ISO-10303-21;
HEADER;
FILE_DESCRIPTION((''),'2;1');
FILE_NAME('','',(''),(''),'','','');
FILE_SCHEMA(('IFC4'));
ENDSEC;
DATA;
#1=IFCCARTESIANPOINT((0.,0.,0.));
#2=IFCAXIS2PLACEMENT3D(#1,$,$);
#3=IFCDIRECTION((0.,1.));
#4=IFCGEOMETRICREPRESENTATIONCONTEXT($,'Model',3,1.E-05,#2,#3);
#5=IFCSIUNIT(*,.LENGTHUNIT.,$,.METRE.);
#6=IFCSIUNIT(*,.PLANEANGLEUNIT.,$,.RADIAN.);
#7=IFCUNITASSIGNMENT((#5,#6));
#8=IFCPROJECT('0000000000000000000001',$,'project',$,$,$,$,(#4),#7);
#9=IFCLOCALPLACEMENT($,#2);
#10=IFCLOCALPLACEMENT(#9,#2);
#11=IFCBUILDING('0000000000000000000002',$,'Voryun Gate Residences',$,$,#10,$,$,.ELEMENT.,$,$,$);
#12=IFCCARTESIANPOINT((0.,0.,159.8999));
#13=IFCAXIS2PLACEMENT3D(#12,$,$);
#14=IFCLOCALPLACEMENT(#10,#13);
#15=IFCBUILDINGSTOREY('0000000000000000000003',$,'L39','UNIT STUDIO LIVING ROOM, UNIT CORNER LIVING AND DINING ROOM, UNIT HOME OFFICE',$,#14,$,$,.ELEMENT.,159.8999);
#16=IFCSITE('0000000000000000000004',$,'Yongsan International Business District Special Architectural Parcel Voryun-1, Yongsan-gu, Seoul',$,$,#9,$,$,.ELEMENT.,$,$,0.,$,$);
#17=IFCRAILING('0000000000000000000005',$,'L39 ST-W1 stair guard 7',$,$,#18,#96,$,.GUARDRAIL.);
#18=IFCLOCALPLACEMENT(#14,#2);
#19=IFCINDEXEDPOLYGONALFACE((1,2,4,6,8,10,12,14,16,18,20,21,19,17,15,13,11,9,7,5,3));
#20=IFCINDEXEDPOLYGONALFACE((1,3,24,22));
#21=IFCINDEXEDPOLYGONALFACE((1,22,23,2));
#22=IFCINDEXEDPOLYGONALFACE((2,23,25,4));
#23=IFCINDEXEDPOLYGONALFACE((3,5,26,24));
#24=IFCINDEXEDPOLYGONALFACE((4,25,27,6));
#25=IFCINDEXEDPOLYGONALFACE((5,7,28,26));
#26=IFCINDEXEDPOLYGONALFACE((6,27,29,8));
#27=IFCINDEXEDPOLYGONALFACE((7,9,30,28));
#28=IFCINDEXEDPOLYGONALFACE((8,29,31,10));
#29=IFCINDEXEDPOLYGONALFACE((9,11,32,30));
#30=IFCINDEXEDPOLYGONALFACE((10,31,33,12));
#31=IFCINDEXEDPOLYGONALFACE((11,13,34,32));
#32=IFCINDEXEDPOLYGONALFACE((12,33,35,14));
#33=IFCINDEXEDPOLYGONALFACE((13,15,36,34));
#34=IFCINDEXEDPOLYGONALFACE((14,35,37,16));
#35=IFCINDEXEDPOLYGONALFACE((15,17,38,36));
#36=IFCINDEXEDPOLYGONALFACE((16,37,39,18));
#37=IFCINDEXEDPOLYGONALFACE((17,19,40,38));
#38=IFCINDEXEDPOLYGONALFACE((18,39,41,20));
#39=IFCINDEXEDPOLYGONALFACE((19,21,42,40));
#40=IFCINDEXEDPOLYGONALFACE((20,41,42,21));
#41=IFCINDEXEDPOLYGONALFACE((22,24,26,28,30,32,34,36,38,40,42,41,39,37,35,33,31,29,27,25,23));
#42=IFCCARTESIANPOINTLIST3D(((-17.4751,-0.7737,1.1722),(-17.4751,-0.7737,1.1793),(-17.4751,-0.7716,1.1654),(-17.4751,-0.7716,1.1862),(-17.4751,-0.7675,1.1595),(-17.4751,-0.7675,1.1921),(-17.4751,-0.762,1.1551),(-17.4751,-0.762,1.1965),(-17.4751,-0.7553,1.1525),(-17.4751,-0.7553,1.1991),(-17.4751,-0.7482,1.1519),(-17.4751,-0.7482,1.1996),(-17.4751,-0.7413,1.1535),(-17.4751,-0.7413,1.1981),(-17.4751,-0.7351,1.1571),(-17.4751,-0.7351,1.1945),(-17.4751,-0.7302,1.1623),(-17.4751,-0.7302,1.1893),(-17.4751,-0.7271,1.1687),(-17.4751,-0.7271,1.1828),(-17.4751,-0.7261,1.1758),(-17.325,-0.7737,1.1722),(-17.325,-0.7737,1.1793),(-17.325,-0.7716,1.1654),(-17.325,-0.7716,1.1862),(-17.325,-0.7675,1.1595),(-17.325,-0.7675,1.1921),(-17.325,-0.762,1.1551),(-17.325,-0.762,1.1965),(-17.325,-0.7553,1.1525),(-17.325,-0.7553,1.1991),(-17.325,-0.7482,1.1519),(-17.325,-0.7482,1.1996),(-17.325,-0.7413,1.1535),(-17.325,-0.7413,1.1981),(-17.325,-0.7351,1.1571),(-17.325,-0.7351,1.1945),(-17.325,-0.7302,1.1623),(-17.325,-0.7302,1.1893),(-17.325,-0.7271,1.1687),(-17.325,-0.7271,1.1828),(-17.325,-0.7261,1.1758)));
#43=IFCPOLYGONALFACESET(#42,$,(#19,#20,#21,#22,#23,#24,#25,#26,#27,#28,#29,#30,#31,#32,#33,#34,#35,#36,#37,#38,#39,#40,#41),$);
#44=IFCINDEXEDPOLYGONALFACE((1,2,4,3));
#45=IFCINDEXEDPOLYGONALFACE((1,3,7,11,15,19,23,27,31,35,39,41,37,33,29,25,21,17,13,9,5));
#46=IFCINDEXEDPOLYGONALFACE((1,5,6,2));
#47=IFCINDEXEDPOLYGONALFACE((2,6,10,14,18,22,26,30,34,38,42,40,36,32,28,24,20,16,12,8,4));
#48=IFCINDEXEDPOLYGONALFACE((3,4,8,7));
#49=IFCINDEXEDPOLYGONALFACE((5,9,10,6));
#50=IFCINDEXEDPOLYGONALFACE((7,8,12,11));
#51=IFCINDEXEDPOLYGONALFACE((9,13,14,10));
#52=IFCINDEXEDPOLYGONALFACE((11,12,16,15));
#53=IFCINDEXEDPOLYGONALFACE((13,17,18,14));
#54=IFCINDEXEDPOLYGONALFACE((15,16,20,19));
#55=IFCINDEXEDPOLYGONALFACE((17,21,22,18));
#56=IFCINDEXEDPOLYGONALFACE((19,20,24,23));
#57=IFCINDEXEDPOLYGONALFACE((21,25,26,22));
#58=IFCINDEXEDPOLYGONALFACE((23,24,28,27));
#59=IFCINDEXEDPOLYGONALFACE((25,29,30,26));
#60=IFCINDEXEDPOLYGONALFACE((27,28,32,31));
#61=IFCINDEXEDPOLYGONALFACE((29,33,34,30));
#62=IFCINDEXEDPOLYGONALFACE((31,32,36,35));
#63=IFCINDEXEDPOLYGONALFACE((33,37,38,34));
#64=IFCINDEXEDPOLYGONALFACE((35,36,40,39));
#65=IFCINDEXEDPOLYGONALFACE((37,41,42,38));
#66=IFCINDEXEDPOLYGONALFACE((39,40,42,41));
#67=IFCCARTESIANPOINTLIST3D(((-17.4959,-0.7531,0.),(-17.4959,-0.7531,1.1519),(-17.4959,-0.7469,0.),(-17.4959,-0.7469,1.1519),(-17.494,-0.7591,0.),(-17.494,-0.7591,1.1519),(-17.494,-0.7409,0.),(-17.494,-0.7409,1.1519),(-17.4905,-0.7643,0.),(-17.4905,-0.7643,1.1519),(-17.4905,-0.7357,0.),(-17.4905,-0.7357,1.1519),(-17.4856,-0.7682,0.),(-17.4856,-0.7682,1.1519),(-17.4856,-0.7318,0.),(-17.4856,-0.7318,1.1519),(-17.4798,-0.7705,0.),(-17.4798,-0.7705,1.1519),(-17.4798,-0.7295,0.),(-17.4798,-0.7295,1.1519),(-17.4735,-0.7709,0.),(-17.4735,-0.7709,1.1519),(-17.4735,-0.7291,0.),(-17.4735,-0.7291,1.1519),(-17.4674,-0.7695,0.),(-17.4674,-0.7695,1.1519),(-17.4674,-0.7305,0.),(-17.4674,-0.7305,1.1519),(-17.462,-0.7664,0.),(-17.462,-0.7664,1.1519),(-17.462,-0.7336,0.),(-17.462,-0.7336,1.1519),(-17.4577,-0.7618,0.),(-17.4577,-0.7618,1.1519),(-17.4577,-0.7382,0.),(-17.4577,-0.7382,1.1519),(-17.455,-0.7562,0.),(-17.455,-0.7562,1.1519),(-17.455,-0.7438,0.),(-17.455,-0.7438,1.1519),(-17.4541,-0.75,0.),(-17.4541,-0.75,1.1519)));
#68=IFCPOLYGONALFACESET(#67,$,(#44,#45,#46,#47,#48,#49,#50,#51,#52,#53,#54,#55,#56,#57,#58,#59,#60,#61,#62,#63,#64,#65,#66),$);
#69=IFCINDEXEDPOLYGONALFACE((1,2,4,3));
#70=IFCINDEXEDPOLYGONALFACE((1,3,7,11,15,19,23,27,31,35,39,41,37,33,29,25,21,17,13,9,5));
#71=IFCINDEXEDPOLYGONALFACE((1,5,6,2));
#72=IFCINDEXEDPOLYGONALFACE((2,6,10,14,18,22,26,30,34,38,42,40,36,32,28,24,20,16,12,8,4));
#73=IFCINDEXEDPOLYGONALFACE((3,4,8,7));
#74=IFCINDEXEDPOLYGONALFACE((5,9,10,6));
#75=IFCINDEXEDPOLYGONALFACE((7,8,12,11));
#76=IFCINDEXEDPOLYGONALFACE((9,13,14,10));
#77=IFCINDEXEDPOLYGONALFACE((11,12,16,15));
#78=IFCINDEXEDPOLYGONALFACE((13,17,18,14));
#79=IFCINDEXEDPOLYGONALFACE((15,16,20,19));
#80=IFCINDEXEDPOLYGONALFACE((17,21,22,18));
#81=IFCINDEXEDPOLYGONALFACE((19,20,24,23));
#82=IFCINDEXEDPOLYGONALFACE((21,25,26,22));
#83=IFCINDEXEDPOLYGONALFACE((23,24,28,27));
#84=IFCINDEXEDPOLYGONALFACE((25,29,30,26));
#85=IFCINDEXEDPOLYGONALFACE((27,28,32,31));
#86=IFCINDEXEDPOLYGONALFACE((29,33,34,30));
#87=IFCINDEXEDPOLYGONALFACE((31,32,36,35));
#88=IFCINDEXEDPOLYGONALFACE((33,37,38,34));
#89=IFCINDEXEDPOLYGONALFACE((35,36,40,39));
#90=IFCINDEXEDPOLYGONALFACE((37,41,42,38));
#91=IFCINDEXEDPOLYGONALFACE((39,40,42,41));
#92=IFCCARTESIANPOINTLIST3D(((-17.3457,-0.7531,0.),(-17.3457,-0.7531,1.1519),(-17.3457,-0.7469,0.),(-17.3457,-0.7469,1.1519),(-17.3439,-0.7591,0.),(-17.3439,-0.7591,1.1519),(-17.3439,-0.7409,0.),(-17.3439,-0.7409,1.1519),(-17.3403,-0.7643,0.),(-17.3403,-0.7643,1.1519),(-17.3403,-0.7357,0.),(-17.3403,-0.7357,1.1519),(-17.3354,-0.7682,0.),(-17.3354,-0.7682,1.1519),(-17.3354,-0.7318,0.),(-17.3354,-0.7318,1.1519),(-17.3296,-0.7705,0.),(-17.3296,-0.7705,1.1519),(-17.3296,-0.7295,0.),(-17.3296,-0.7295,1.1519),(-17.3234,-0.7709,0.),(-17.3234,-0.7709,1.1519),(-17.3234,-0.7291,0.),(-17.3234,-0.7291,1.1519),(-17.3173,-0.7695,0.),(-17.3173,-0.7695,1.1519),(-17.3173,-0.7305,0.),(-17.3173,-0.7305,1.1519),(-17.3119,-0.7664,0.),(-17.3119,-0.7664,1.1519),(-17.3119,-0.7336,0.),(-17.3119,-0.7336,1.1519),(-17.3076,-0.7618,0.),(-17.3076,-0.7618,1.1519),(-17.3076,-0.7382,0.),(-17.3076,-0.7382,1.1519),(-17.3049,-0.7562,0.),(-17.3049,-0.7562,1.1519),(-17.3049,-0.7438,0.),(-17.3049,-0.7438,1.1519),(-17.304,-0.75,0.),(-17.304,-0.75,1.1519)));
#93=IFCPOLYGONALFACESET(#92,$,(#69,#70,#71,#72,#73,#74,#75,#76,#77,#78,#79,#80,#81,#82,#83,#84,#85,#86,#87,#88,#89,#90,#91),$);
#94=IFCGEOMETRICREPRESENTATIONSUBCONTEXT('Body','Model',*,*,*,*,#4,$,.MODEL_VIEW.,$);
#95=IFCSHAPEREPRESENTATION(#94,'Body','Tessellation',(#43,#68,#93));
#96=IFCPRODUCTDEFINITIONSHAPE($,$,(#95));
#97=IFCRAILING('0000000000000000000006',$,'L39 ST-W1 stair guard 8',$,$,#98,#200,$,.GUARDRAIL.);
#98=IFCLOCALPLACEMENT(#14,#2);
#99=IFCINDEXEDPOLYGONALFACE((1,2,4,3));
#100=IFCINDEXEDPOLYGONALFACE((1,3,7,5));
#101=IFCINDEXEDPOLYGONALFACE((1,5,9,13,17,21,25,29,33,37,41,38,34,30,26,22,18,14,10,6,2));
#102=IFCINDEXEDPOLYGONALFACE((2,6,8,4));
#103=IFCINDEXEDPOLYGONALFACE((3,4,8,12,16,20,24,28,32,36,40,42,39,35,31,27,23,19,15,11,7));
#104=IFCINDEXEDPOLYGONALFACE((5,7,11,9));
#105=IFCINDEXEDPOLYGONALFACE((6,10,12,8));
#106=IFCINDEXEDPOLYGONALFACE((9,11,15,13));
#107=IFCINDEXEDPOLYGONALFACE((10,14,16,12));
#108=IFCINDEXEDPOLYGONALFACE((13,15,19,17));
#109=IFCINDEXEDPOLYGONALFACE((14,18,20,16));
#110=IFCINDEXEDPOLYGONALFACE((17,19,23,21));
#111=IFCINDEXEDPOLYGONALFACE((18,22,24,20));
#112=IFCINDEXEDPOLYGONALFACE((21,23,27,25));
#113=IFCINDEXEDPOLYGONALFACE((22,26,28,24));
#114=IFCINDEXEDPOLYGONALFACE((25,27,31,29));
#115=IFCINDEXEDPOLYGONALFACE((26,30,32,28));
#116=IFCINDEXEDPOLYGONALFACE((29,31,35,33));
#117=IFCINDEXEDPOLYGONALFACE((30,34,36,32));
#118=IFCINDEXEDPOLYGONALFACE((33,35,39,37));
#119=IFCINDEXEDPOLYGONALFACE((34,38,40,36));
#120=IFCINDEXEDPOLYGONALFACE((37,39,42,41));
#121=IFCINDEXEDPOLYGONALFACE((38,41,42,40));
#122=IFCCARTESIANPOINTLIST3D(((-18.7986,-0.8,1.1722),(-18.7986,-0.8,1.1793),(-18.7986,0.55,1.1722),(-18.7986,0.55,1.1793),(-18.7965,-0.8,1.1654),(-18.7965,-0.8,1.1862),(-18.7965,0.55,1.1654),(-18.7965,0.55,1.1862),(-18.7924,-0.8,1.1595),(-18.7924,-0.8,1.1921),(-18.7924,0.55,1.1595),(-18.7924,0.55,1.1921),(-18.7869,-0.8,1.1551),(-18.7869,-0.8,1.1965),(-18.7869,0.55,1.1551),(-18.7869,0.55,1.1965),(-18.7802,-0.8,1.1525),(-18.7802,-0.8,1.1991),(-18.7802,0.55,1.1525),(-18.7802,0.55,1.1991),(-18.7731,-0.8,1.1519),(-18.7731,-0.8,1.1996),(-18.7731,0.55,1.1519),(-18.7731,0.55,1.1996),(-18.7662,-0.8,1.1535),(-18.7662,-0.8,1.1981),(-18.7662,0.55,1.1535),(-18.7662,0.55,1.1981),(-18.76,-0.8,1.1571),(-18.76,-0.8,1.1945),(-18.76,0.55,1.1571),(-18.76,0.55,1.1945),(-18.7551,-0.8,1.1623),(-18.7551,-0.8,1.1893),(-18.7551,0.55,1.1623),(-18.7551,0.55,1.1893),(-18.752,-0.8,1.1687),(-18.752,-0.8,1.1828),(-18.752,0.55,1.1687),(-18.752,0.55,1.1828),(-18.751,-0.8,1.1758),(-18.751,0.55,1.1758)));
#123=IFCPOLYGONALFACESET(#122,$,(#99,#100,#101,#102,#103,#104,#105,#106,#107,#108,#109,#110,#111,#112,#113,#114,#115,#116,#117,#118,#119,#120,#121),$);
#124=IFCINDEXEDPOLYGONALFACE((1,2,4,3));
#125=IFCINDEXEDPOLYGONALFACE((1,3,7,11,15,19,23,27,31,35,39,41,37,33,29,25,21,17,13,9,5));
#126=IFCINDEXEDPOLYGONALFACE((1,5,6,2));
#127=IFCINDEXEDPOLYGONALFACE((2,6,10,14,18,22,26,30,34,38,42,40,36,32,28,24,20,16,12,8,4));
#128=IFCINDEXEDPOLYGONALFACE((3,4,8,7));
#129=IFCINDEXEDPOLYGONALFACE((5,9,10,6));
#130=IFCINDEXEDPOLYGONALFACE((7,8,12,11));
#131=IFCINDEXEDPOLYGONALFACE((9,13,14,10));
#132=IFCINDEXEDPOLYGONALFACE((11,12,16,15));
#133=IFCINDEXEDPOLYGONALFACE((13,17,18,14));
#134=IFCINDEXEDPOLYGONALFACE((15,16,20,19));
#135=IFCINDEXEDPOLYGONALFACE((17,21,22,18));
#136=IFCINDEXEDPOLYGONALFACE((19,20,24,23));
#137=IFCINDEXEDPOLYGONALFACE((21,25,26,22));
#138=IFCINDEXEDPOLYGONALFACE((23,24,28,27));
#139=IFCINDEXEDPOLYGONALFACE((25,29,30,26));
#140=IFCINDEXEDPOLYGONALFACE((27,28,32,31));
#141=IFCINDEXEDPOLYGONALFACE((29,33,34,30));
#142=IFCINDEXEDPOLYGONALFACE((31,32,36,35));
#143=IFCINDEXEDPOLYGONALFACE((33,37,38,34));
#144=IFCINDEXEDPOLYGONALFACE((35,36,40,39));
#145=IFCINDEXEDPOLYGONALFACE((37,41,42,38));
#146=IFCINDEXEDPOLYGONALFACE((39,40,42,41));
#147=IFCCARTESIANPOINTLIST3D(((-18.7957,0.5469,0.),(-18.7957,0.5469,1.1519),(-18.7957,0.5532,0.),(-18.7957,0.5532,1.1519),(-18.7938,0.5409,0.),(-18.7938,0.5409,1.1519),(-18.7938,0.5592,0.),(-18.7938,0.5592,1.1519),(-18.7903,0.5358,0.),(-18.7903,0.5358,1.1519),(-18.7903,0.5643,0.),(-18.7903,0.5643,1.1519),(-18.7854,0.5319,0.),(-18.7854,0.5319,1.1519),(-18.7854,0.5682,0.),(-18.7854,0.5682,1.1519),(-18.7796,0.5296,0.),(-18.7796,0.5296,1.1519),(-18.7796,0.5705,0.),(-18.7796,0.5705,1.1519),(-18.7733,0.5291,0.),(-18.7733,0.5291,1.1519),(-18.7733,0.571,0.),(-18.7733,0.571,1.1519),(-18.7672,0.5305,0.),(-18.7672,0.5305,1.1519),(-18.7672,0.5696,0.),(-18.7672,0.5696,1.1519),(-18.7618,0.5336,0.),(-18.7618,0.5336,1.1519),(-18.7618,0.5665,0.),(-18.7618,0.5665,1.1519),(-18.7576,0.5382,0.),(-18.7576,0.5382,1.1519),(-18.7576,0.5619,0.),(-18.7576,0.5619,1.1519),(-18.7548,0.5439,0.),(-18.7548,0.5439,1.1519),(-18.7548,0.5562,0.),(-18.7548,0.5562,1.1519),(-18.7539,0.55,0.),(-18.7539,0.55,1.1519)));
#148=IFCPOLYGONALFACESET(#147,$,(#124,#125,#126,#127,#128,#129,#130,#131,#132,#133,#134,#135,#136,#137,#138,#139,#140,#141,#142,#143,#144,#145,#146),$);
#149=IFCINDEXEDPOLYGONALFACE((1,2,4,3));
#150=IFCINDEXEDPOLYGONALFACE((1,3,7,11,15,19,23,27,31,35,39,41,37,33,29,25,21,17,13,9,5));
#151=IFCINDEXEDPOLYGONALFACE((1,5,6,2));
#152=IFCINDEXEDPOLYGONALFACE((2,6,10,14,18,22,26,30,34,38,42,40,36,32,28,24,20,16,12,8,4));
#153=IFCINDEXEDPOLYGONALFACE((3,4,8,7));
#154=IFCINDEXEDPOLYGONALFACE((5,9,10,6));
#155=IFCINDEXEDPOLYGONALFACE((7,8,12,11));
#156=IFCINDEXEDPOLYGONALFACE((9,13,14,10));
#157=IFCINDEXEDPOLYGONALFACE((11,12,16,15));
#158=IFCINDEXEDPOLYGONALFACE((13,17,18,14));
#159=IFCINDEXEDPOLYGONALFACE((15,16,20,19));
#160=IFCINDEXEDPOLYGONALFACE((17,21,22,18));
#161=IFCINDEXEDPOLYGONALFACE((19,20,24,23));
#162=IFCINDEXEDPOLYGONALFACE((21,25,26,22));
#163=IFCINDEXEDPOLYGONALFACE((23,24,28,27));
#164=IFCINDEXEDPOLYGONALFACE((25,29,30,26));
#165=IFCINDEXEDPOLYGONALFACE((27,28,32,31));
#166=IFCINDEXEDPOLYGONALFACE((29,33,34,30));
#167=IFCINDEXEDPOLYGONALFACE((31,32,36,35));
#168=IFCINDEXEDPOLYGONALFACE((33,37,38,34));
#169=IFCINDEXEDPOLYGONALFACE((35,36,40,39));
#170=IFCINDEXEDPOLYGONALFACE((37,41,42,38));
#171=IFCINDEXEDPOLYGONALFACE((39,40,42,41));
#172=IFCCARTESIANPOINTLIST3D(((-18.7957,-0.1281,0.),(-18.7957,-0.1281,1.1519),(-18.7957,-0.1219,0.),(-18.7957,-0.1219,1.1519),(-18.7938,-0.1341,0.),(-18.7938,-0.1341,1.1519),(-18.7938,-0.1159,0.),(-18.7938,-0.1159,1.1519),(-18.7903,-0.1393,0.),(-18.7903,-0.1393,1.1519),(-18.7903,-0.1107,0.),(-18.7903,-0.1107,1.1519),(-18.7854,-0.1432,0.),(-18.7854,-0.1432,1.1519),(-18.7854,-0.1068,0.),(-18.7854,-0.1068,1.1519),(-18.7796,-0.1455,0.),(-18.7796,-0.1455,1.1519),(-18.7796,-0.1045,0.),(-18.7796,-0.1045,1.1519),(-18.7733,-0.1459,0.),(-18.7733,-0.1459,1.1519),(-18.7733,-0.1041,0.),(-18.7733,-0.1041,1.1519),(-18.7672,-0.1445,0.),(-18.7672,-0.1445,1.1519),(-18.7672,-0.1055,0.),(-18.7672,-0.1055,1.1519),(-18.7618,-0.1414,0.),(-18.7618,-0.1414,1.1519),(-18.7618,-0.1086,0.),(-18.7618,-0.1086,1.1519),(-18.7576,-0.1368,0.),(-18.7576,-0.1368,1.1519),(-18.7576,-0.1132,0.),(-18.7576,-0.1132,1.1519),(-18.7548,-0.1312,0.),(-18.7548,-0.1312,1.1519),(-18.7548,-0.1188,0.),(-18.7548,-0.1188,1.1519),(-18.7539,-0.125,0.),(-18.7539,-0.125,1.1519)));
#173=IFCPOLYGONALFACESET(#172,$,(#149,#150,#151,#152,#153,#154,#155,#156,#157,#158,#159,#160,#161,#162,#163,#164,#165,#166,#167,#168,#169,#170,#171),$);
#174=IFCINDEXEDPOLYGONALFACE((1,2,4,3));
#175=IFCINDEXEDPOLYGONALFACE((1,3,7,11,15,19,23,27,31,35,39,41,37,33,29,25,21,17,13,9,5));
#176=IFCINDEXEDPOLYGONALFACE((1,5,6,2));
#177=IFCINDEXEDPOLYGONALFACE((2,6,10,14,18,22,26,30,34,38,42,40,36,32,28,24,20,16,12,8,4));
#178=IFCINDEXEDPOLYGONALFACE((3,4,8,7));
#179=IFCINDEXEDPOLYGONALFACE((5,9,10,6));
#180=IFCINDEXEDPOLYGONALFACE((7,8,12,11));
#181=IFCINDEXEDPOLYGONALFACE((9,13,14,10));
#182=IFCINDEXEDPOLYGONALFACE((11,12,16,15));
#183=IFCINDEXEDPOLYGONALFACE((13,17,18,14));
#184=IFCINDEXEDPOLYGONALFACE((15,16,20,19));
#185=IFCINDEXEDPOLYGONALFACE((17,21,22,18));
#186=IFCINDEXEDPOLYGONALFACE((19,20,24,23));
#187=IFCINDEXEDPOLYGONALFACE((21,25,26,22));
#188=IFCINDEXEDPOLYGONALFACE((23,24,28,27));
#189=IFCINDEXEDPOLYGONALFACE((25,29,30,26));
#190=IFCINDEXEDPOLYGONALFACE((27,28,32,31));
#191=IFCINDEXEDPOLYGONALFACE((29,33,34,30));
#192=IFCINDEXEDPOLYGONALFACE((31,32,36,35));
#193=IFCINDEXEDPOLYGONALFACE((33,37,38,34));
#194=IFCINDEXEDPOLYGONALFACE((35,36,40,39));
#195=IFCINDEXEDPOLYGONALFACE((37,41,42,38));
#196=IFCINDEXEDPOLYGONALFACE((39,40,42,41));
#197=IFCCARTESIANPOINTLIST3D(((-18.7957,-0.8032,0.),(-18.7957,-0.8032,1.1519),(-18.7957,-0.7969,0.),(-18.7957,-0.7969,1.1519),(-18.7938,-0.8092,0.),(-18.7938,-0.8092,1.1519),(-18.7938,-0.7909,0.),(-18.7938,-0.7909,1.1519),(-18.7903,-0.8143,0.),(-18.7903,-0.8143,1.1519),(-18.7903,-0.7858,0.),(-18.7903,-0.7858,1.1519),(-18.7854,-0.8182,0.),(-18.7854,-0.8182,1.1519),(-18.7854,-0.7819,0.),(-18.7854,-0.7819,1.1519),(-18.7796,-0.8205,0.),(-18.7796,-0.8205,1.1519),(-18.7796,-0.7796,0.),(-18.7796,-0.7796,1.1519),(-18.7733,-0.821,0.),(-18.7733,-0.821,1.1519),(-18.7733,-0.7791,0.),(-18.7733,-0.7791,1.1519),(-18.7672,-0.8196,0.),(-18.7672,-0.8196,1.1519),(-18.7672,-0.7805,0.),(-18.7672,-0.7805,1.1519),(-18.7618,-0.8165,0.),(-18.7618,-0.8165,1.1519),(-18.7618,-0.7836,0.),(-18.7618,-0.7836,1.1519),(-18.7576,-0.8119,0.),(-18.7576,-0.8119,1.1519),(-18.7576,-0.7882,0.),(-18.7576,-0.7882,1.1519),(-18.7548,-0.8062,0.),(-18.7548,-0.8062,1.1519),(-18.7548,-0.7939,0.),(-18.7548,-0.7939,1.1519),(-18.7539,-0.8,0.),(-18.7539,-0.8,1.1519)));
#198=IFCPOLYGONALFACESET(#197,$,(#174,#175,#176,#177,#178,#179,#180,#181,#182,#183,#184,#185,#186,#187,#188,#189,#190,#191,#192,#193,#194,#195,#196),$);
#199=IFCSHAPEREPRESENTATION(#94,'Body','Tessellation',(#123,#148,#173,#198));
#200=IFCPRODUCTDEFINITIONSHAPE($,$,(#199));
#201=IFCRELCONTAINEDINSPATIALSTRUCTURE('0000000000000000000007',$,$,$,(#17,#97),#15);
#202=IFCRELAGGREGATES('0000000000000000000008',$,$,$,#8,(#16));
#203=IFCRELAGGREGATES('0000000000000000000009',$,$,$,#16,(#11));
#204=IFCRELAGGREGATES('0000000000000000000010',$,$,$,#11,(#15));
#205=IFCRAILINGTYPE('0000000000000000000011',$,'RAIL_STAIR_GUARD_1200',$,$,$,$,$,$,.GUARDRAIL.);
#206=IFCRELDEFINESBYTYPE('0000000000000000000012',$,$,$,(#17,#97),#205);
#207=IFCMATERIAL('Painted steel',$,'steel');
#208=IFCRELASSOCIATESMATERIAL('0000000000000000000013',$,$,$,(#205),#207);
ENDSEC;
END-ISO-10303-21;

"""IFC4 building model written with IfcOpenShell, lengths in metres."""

from ifc_helpers import new_model, si_unit, direction, frame, origin, origin_2d, place, context, subcontext, project, spatial, circle, extrude, material, type_object, element, save


model = new_model("IFC4")

# Units and contexts
model_context = context("Model", 3, precision=1e-05, world=origin(), true_north=direction((0.0, 1.0)))
body_context = subcontext(model_context, "Body", "Model", "MODEL_VIEW")
ifc_project = project(units=[si_unit("LENGTHUNIT", "METRE"), si_unit("PLANEANGLEUNIT", "RADIAN")], contexts=[model_context])

# Site, building, storey
site_placement = place(None, origin())
site = spatial("IfcSite", under=ifc_project, at=site_placement, Name="Yongsan International Business District Special Architectural Parcel Voryun-1, Yongsan-gu, Seoul", CompositionType="ELEMENT", RefElevation=0.0)
building_placement = place(site_placement, origin())
building = spatial("IfcBuilding", under=site, at=building_placement, Name="Voryun Gate Residences", CompositionType="ELEMENT")
storey_placement = place(building_placement, frame((0.0, 0.0, 159.8999)))
storey = spatial("IfcBuildingStorey", under=building, at=storey_placement, Name="L39", Description="UNIT STUDIO LIVING ROOM, UNIT CORNER LIVING AND DINING ROOM, UNIT HOME OFFICE", CompositionType="ELEMENT", Elevation=159.8999)

# Railings
ifc_material_1 = material(Name="Painted steel", Category="steel")
railing_type_1 = type_object("IfcRailingType", Name="RAIL_STAIR_GUARD_1200", PredefinedType="GUARDRAIL", material=ifc_material_1)
railing_1_placement = place(storey_placement, frame((-17.4751, -0.75, 0.0)))
element("IfcRailing", 1, at=railing_1_placement, inside=storey, type_object=railing_type_1, Name="L39 ST-W1 stair guard 7", PredefinedType="GUARDRAIL", context=body_context, shape_type="SweptSolid", body=[
    extrude(circle(Radius=0.0239, at=origin_2d()), frame((0.0, 0.0, 1.1758), z_axis=(1.0, 0.0, 0.0), x_axis=(0.0, 1.0, 0.0)), (0.0, 0.0, 1.0), 0.1501),
    extrude(circle(Radius=0.021, at=origin_2d()), origin(), (0.0, 0.0, 1.0), 1.1519),
    extrude(circle(Radius=0.021, at=origin_2d()), frame((0.1501, 0.0, 0.0)), (0.0, 0.0, 1.0), 1.1519),
])
railing_2_placement = place(storey_placement, frame((-18.7749, 0.55, 0.0)))
element("IfcRailing", 2, at=railing_2_placement, inside=storey, type_object=railing_type_1, Name="L39 ST-W1 stair guard 8", PredefinedType="GUARDRAIL", context=body_context, shape_type="SweptSolid", body=[
    extrude(circle(Radius=0.0239, at=origin_2d()), frame((0.0, 0.0, 1.1758), z_axis=(0.0, -1.0, 0.0), x_axis=(1.0, 0.0, 0.0)), (0.0, 0.0, 1.0), 1.3501),
    extrude(circle(Radius=0.021, at=origin_2d()), origin(), (0.0, 0.0, 1.0), 1.1519),
    extrude(circle(Radius=0.021, at=origin_2d()), frame((0.0, -0.675, 0.0)), (0.0, 0.0, 1.0), 1.1519),
    extrude(circle(Radius=0.021, at=origin_2d()), frame((0.0, -1.3501, 0.0)), (0.0, 0.0, 1.0), 1.1519),
])

save(model, "model.ifc")
